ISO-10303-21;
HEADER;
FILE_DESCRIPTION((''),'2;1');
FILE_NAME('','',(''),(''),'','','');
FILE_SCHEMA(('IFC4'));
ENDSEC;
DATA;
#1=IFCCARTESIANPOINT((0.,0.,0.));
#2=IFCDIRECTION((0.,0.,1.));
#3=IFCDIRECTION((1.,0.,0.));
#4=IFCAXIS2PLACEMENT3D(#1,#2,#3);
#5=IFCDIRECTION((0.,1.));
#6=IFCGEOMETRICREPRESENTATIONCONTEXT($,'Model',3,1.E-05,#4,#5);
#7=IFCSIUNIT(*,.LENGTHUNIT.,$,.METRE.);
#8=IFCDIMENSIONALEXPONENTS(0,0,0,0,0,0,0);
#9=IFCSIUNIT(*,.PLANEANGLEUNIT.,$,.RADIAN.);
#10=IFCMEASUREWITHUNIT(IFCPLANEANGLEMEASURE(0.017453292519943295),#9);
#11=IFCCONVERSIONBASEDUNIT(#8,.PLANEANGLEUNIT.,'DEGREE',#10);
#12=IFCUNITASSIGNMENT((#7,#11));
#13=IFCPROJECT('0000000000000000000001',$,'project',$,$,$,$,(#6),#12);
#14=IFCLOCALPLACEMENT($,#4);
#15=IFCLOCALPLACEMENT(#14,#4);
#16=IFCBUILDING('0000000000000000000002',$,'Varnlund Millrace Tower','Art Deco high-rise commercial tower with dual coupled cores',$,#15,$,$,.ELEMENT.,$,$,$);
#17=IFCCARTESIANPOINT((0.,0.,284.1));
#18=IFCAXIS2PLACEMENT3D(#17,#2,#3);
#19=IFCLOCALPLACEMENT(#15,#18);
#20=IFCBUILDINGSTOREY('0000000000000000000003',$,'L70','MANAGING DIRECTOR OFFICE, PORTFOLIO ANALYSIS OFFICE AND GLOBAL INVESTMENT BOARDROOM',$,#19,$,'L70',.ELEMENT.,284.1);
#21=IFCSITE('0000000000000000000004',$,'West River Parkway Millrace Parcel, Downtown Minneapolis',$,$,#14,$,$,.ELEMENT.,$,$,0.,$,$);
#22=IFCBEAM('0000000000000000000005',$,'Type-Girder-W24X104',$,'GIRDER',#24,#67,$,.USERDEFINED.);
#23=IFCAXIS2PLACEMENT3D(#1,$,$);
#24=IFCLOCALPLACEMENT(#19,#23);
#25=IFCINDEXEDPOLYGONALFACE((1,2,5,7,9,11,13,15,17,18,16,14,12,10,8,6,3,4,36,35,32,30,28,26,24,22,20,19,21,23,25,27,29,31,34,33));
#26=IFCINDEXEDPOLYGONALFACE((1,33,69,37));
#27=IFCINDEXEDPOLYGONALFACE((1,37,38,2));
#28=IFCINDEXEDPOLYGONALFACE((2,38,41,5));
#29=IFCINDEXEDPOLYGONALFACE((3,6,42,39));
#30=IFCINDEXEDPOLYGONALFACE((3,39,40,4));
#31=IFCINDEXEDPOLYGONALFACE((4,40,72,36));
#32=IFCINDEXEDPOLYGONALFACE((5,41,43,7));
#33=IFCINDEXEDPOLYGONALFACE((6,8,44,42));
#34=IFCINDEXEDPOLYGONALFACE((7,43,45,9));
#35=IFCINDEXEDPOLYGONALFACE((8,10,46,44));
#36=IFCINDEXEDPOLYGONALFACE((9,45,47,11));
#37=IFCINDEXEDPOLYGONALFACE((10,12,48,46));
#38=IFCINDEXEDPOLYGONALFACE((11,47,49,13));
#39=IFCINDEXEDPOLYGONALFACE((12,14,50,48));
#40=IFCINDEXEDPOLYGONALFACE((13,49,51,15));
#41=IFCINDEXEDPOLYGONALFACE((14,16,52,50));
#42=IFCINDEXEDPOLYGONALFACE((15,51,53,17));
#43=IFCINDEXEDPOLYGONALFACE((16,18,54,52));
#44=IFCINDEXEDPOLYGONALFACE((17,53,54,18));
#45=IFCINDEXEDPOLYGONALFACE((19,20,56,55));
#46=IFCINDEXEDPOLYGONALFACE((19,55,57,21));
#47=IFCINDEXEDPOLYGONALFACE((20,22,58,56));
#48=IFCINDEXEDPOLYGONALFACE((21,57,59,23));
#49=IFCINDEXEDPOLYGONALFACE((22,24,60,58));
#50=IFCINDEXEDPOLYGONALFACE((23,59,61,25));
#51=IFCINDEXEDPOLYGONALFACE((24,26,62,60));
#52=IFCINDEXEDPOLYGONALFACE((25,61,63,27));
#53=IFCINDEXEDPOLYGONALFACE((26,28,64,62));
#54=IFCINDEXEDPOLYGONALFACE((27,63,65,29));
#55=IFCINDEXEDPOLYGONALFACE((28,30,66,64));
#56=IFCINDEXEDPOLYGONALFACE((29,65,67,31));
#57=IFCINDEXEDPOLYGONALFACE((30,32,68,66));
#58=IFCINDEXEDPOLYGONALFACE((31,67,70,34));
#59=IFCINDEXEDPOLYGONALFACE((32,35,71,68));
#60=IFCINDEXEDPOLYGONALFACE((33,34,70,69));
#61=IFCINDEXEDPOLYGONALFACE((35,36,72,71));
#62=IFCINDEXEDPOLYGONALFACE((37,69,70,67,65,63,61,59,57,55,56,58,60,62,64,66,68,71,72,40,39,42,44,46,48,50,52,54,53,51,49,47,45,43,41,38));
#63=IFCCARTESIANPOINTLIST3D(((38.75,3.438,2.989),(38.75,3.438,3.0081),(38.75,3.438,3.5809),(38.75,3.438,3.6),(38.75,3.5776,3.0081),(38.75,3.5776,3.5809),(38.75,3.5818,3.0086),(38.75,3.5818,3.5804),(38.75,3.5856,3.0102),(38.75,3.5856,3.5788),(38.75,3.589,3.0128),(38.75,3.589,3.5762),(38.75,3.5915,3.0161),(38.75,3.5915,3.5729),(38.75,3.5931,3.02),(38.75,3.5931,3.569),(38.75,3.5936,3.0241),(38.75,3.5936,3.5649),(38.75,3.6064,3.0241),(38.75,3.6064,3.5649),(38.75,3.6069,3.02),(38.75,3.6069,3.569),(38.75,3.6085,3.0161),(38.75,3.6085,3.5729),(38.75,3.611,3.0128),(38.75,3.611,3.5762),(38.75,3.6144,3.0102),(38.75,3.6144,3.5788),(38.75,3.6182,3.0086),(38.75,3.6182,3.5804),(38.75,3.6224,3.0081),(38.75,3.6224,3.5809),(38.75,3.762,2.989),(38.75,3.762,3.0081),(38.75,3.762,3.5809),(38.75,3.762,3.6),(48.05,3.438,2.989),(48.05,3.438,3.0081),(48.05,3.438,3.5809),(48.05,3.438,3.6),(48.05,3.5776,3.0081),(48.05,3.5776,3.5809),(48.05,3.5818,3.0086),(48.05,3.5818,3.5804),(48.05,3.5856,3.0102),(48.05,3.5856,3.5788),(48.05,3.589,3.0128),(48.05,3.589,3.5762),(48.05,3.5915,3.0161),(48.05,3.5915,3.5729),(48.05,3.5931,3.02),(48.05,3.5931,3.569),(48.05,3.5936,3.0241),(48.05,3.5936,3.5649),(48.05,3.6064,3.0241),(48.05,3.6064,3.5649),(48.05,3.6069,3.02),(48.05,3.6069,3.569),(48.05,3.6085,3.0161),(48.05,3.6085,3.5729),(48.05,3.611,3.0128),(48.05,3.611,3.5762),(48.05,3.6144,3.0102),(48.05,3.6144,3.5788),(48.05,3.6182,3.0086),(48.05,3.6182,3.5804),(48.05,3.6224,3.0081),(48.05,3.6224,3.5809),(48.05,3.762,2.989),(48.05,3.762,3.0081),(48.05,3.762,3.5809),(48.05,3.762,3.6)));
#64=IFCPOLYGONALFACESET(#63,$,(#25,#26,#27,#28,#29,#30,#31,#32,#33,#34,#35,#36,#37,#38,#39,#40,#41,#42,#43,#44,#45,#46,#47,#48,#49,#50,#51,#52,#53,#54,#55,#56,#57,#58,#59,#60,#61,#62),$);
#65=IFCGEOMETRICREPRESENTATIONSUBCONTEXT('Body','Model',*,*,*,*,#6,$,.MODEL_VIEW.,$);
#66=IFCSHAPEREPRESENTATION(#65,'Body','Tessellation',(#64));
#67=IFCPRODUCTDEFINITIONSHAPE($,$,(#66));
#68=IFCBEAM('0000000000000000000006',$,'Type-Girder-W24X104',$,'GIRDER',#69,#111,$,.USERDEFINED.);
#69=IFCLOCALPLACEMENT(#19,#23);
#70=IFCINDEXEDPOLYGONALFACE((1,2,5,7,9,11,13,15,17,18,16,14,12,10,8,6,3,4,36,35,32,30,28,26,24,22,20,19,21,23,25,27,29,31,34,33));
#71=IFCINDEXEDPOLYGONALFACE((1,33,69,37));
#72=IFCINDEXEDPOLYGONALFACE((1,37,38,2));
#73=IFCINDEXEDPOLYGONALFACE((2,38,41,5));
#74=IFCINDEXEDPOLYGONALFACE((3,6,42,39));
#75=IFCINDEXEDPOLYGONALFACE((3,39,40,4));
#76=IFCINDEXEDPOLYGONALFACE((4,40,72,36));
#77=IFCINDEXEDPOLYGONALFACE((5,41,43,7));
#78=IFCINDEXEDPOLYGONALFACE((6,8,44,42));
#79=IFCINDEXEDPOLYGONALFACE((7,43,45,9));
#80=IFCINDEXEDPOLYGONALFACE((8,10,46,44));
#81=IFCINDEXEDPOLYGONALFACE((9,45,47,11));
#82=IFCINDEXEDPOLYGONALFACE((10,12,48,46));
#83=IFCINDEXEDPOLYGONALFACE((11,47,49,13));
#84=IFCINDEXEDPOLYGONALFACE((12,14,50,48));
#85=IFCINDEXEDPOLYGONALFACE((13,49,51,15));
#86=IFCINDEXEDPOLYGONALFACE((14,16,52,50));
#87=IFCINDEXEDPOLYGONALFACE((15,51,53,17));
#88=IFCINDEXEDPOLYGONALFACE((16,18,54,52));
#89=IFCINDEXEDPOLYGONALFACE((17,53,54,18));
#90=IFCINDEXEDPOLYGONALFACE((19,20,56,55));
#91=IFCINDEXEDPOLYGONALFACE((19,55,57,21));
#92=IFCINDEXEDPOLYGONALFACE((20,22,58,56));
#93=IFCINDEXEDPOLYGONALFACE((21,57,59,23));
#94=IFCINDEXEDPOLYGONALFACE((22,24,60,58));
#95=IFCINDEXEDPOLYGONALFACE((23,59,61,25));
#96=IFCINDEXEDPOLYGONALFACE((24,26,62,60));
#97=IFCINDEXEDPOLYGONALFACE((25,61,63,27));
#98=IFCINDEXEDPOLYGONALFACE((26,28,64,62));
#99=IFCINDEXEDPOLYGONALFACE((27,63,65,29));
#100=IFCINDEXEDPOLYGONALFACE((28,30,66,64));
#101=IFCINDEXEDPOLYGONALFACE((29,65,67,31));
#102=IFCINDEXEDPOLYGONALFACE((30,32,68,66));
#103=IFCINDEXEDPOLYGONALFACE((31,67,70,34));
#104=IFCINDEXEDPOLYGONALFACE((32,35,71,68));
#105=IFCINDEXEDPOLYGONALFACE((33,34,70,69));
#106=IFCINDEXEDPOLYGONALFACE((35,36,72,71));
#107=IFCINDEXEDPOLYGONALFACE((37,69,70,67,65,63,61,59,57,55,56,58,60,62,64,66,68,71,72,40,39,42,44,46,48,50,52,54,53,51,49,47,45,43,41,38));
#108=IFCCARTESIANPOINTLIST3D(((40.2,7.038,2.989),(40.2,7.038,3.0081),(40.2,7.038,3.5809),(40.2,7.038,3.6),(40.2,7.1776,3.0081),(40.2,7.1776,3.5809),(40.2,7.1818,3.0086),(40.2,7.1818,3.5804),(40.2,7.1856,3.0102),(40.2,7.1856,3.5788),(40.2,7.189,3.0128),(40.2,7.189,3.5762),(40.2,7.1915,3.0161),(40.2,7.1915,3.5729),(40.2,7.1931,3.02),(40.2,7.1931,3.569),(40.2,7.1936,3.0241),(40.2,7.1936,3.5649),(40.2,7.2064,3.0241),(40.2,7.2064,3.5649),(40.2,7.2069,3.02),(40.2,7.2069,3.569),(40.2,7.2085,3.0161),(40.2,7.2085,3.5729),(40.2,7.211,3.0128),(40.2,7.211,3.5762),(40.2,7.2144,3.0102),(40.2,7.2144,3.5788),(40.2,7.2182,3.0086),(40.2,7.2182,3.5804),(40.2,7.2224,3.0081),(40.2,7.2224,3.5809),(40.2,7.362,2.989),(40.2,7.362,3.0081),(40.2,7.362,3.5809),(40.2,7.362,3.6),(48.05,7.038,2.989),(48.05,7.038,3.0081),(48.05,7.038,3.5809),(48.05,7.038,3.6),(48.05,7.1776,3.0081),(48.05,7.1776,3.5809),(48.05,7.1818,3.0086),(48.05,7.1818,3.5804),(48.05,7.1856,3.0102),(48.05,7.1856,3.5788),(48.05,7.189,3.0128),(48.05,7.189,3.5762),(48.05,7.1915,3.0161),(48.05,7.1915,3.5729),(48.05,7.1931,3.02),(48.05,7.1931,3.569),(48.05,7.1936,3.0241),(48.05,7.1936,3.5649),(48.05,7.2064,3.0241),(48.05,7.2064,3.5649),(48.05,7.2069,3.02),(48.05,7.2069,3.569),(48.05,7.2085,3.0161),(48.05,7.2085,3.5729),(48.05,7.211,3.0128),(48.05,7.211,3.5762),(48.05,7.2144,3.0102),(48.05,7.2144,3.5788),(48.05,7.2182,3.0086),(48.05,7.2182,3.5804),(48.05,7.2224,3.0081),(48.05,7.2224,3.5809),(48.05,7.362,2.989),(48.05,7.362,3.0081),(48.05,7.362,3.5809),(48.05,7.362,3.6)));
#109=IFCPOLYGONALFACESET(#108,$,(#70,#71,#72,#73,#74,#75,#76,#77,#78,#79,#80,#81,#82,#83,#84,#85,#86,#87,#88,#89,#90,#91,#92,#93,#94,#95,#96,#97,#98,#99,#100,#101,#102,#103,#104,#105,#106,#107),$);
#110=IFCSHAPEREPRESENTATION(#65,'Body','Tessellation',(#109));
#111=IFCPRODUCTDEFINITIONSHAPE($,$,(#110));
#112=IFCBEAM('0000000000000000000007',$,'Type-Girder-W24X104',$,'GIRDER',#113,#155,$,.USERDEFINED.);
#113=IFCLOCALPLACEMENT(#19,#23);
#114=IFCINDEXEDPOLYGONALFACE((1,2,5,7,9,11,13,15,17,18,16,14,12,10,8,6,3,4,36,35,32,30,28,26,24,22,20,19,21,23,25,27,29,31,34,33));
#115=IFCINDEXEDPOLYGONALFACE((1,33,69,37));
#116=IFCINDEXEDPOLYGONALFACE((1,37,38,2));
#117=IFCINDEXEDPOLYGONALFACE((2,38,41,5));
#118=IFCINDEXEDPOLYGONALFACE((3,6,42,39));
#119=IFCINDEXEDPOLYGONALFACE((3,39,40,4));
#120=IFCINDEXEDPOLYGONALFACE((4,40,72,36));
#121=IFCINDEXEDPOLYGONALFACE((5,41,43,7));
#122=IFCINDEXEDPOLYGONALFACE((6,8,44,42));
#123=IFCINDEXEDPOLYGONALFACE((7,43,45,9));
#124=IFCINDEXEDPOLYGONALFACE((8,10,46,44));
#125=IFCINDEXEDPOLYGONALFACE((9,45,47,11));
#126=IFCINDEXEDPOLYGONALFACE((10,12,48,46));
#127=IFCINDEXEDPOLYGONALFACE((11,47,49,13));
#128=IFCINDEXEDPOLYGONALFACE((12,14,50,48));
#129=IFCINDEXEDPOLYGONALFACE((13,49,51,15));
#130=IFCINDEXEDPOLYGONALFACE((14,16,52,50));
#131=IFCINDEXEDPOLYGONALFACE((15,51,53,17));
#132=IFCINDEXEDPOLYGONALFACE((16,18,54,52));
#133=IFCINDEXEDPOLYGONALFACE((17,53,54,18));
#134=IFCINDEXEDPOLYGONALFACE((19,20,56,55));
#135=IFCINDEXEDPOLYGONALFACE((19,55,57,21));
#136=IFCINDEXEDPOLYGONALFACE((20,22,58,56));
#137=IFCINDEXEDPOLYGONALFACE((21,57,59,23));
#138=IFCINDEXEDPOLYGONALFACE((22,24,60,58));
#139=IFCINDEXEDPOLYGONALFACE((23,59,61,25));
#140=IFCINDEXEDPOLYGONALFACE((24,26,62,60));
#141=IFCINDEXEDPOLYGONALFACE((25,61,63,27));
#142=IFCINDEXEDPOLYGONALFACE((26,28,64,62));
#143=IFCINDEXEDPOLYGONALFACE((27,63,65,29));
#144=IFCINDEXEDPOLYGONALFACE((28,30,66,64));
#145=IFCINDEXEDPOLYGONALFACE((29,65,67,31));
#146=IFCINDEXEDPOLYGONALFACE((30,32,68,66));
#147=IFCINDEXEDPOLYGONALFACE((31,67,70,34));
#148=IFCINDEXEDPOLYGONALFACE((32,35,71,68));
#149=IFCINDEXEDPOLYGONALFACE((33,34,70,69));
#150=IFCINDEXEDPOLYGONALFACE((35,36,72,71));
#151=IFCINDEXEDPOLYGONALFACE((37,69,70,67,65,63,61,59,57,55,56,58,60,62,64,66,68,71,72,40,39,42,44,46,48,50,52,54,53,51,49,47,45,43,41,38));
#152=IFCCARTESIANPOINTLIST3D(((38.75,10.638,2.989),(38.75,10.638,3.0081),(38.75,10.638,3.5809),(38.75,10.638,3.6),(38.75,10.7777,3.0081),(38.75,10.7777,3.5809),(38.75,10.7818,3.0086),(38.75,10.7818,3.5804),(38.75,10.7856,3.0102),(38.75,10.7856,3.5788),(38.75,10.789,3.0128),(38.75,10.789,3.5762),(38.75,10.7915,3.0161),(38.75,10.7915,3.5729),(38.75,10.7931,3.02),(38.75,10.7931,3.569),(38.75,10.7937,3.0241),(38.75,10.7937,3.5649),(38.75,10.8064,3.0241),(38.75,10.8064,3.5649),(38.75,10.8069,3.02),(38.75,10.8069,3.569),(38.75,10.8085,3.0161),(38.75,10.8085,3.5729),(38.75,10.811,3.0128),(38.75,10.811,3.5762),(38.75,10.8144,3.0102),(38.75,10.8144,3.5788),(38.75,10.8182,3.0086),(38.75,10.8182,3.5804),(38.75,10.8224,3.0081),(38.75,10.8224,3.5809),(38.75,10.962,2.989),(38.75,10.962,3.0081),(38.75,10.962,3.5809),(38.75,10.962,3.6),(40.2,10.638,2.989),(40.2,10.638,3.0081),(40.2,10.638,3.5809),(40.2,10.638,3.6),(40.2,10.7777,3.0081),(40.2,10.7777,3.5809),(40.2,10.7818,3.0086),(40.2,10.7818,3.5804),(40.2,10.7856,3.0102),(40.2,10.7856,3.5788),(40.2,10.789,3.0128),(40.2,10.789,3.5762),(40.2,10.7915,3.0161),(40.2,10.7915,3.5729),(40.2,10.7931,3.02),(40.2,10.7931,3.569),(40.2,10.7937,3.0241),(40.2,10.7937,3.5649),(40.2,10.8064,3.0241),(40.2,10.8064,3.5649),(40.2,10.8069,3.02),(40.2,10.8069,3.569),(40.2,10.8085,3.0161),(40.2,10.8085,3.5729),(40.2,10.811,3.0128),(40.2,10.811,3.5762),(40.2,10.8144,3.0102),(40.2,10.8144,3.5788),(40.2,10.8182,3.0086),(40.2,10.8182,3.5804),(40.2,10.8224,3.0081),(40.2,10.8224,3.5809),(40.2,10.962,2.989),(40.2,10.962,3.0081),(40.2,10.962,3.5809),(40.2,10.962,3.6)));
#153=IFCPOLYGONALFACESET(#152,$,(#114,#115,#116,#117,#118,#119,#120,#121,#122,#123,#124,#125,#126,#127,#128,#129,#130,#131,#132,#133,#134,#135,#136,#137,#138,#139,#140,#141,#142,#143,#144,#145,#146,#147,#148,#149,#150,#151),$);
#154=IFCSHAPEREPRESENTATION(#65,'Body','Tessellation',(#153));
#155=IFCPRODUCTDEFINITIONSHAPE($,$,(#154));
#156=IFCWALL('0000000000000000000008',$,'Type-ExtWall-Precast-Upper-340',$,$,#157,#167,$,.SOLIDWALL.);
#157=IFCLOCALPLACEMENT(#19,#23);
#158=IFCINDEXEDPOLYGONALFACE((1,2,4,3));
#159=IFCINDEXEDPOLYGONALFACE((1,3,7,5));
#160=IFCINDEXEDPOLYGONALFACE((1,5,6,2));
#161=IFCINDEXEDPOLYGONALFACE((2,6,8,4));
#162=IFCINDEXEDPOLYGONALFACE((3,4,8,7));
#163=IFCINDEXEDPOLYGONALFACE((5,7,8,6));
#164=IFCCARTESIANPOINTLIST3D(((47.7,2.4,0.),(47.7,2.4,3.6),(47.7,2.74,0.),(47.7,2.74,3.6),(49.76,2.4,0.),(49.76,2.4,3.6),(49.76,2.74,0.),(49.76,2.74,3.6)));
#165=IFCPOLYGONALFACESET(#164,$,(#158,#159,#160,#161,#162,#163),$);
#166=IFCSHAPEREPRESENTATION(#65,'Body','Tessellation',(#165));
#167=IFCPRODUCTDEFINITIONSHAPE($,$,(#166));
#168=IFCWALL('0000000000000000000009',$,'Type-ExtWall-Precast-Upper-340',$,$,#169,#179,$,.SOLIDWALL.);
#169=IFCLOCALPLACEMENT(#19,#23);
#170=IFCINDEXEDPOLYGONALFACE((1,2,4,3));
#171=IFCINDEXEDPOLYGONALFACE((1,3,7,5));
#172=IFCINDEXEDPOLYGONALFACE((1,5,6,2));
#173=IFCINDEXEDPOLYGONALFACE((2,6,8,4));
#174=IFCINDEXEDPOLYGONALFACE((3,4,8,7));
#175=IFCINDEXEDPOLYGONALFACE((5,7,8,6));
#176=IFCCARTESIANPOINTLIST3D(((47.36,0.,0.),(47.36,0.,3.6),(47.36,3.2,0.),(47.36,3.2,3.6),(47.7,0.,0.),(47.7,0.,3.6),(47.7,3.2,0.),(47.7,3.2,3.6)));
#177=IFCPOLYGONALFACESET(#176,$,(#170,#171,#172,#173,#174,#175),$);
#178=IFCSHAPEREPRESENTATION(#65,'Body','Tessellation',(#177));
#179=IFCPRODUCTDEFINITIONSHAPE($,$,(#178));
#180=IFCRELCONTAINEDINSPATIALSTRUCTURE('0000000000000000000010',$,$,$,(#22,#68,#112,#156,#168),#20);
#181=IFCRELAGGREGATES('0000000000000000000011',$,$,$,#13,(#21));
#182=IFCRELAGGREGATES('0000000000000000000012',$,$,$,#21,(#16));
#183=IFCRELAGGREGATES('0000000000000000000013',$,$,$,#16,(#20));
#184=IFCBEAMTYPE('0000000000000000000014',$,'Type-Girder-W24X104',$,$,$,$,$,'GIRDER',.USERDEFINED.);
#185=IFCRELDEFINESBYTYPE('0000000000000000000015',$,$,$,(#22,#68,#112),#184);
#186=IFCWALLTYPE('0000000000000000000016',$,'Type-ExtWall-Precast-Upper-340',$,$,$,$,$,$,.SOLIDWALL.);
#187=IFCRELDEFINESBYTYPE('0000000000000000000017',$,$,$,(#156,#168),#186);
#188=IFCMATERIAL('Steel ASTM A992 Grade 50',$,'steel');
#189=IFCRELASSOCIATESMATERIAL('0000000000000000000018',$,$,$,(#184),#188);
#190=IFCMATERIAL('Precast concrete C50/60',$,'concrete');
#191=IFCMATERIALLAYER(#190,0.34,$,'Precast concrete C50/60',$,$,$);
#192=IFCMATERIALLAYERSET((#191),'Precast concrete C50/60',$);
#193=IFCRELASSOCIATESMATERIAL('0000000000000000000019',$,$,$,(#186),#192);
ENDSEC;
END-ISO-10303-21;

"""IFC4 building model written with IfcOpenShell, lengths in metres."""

from ifc_helpers import new_model, entity, si_unit, converted_unit, direction, frame, origin_with_axes, origin_2d_with_axis, place, context, subcontext, project, spatial, polyline, i_section, outline, extrude, material, layer, layer_set, material_profile, profile_set, type_object, element, save


model = new_model("IFC4")

# Units and contexts
model_context = context("Model", 3, precision=1e-05, world=origin_with_axes(), true_north=direction((0.0, 1.0)))
body_context = subcontext(model_context, "Body", "Model", "MODEL_VIEW")
ifc_project = project(units=[si_unit("LENGTHUNIT", "METRE"), converted_unit("PLANEANGLEUNIT", "DEGREE", entity("IfcPlaneAngleMeasure", 0.017453292519943295), si_unit("PLANEANGLEUNIT", "RADIAN"), dimensions=[0, 0, 0, 0, 0, 0, 0])], contexts=[model_context])

# Site, building, storey
site_placement = place(None, origin_with_axes())
site = spatial("IfcSite", under=ifc_project, at=site_placement, Name="West River Parkway Millrace Parcel, Downtown Minneapolis", CompositionType="ELEMENT", RefElevation=0.0)
building_placement = place(site_placement, origin_with_axes())
building = spatial("IfcBuilding", under=site, at=building_placement, Name="Varnlund Millrace Tower", Description="Art Deco high-rise commercial tower with dual coupled cores", CompositionType="ELEMENT")
storey_placement = place(building_placement, frame((0.0, 0.0, 284.1), z_axis=(0.0, 0.0, 1.0), x_axis=(1.0, 0.0, 0.0)))
storey = spatial("IfcBuildingStorey", under=building, at=storey_placement, Name="L70", Description="MANAGING DIRECTOR OFFICE, PORTFOLIO ANALYSIS OFFICE AND GLOBAL INVESTMENT BOARDROOM", LongName="L70", CompositionType="ELEMENT", Elevation=284.1)

# Beams
ifc_material_1 = material(Name="Steel ASTM A992 Grade 50", Category="steel")
ifc_material_profile_1 = material_profile(ifc_material_1, i_section(OverallWidth=0.324, OverallDepth=0.611, WebThickness=0.0127, FlangeThickness=0.0191, FilletRadius=0.016, at=origin_2d_with_axis()), Name="Steel ASTM A992 Grade 50")
ifc_profile_set_1 = profile_set([ifc_material_profile_1], Name="Steel ASTM A992 Grade 50")
beam_type_1 = type_object("IfcBeamType", Name="Type-Girder-W24X104", ElementType="GIRDER", PredefinedType="USERDEFINED", material=ifc_profile_set_1)
beam_1_placement = place(storey_placement, frame((38.75, 3.6, 3.2945), z_axis=(1.0, 0.0, 0.0), x_axis=(0.0, 1.0, 0.0)))
element("IfcBeam", 1, at=beam_1_placement, inside=storey, type_object=beam_type_1, Name="Type-Girder-W24X104", ObjectType="GIRDER", PredefinedType="USERDEFINED", context=body_context, shape_type="SweptSolid", body=[
    extrude(i_section(OverallWidth=0.324, OverallDepth=0.611, WebThickness=0.0127, FlangeThickness=0.0191, FilletRadius=0.016, at=origin_2d_with_axis()), origin_with_axes(), (0.0, 0.0, 1.0), 9.3),
])
beam_2_placement = place(storey_placement, frame((40.2, 7.2, 3.2945), z_axis=(1.0, 0.0, 0.0), x_axis=(0.0, 1.0, 0.0)))
element("IfcBeam", 2, at=beam_2_placement, inside=storey, type_object=beam_type_1, Name="Type-Girder-W24X104", ObjectType="GIRDER", PredefinedType="USERDEFINED", context=body_context, shape_type="SweptSolid", body=[
    extrude(i_section(OverallWidth=0.324, OverallDepth=0.611, WebThickness=0.0127, FlangeThickness=0.0191, FilletRadius=0.016, at=origin_2d_with_axis()), origin_with_axes(), (0.0, 0.0, 1.0), 7.85),
])
beam_3_placement = place(storey_placement, frame((38.75, 10.8, 3.2945), z_axis=(1.0, 0.0, 0.0), x_axis=(0.0, 1.0, 0.0)))
element("IfcBeam", 3, at=beam_3_placement, inside=storey, type_object=beam_type_1, Name="Type-Girder-W24X104", ObjectType="GIRDER", PredefinedType="USERDEFINED", context=body_context, shape_type="SweptSolid", body=[
    extrude(i_section(OverallWidth=0.324, OverallDepth=0.611, WebThickness=0.0127, FlangeThickness=0.0191, FilletRadius=0.016, at=origin_2d_with_axis()), origin_with_axes(), (0.0, 0.0, 1.0), 1.45),
])

# Walls
ifc_material_2 = material(Name="Precast concrete C50/60", Category="concrete")
ifc_layer_1 = layer(ifc_material_2, 0.34, Name="Precast concrete C50/60")
ifc_layer_set_1 = layer_set([ifc_layer_1], Name="Precast concrete C50/60")
wall_type_1 = type_object("IfcWallType", Name="Type-ExtWall-Precast-Upper-340", PredefinedType="SOLIDWALL", material=ifc_layer_set_1)
wall_1_placement = place(storey_placement, frame((49.76, 2.57, 0.0), z_axis=(0.0, 0.0, 1.0), x_axis=(-1.0, 0.0, 0.0)))
element("IfcWall", 4, at=wall_1_placement, inside=storey, type_object=wall_type_1, Name="Type-ExtWall-Precast-Upper-340", PredefinedType="SOLIDWALL", context=body_context, shape_type="SweptSolid", body=[
    extrude(outline(polyline([(0.0, -0.17), (2.06, -0.17), (2.06, 0.17), (0.0, 0.17), (0.0, -0.17)])), origin_with_axes(), (0.0, 0.0, 1.0), 3.6),
])
wall_2_placement = place(storey_placement, frame((47.53, 3.2, 0.0), z_axis=(0.0, 0.0, 1.0), x_axis=(0.0, -1.0, 0.0)))
element("IfcWall", 5, at=wall_2_placement, inside=storey, type_object=wall_type_1, Name="Type-ExtWall-Precast-Upper-340", PredefinedType="SOLIDWALL", context=body_context, shape_type="SweptSolid", body=[
    extrude(outline(polyline([(0.0, -0.17), (3.2, -0.17), (3.2, 0.17), (0.0, 0.17), (0.0, -0.17)])), origin_with_axes(), (0.0, 0.0, 1.0), 3.6),
])

save(model, "model.ifc")
